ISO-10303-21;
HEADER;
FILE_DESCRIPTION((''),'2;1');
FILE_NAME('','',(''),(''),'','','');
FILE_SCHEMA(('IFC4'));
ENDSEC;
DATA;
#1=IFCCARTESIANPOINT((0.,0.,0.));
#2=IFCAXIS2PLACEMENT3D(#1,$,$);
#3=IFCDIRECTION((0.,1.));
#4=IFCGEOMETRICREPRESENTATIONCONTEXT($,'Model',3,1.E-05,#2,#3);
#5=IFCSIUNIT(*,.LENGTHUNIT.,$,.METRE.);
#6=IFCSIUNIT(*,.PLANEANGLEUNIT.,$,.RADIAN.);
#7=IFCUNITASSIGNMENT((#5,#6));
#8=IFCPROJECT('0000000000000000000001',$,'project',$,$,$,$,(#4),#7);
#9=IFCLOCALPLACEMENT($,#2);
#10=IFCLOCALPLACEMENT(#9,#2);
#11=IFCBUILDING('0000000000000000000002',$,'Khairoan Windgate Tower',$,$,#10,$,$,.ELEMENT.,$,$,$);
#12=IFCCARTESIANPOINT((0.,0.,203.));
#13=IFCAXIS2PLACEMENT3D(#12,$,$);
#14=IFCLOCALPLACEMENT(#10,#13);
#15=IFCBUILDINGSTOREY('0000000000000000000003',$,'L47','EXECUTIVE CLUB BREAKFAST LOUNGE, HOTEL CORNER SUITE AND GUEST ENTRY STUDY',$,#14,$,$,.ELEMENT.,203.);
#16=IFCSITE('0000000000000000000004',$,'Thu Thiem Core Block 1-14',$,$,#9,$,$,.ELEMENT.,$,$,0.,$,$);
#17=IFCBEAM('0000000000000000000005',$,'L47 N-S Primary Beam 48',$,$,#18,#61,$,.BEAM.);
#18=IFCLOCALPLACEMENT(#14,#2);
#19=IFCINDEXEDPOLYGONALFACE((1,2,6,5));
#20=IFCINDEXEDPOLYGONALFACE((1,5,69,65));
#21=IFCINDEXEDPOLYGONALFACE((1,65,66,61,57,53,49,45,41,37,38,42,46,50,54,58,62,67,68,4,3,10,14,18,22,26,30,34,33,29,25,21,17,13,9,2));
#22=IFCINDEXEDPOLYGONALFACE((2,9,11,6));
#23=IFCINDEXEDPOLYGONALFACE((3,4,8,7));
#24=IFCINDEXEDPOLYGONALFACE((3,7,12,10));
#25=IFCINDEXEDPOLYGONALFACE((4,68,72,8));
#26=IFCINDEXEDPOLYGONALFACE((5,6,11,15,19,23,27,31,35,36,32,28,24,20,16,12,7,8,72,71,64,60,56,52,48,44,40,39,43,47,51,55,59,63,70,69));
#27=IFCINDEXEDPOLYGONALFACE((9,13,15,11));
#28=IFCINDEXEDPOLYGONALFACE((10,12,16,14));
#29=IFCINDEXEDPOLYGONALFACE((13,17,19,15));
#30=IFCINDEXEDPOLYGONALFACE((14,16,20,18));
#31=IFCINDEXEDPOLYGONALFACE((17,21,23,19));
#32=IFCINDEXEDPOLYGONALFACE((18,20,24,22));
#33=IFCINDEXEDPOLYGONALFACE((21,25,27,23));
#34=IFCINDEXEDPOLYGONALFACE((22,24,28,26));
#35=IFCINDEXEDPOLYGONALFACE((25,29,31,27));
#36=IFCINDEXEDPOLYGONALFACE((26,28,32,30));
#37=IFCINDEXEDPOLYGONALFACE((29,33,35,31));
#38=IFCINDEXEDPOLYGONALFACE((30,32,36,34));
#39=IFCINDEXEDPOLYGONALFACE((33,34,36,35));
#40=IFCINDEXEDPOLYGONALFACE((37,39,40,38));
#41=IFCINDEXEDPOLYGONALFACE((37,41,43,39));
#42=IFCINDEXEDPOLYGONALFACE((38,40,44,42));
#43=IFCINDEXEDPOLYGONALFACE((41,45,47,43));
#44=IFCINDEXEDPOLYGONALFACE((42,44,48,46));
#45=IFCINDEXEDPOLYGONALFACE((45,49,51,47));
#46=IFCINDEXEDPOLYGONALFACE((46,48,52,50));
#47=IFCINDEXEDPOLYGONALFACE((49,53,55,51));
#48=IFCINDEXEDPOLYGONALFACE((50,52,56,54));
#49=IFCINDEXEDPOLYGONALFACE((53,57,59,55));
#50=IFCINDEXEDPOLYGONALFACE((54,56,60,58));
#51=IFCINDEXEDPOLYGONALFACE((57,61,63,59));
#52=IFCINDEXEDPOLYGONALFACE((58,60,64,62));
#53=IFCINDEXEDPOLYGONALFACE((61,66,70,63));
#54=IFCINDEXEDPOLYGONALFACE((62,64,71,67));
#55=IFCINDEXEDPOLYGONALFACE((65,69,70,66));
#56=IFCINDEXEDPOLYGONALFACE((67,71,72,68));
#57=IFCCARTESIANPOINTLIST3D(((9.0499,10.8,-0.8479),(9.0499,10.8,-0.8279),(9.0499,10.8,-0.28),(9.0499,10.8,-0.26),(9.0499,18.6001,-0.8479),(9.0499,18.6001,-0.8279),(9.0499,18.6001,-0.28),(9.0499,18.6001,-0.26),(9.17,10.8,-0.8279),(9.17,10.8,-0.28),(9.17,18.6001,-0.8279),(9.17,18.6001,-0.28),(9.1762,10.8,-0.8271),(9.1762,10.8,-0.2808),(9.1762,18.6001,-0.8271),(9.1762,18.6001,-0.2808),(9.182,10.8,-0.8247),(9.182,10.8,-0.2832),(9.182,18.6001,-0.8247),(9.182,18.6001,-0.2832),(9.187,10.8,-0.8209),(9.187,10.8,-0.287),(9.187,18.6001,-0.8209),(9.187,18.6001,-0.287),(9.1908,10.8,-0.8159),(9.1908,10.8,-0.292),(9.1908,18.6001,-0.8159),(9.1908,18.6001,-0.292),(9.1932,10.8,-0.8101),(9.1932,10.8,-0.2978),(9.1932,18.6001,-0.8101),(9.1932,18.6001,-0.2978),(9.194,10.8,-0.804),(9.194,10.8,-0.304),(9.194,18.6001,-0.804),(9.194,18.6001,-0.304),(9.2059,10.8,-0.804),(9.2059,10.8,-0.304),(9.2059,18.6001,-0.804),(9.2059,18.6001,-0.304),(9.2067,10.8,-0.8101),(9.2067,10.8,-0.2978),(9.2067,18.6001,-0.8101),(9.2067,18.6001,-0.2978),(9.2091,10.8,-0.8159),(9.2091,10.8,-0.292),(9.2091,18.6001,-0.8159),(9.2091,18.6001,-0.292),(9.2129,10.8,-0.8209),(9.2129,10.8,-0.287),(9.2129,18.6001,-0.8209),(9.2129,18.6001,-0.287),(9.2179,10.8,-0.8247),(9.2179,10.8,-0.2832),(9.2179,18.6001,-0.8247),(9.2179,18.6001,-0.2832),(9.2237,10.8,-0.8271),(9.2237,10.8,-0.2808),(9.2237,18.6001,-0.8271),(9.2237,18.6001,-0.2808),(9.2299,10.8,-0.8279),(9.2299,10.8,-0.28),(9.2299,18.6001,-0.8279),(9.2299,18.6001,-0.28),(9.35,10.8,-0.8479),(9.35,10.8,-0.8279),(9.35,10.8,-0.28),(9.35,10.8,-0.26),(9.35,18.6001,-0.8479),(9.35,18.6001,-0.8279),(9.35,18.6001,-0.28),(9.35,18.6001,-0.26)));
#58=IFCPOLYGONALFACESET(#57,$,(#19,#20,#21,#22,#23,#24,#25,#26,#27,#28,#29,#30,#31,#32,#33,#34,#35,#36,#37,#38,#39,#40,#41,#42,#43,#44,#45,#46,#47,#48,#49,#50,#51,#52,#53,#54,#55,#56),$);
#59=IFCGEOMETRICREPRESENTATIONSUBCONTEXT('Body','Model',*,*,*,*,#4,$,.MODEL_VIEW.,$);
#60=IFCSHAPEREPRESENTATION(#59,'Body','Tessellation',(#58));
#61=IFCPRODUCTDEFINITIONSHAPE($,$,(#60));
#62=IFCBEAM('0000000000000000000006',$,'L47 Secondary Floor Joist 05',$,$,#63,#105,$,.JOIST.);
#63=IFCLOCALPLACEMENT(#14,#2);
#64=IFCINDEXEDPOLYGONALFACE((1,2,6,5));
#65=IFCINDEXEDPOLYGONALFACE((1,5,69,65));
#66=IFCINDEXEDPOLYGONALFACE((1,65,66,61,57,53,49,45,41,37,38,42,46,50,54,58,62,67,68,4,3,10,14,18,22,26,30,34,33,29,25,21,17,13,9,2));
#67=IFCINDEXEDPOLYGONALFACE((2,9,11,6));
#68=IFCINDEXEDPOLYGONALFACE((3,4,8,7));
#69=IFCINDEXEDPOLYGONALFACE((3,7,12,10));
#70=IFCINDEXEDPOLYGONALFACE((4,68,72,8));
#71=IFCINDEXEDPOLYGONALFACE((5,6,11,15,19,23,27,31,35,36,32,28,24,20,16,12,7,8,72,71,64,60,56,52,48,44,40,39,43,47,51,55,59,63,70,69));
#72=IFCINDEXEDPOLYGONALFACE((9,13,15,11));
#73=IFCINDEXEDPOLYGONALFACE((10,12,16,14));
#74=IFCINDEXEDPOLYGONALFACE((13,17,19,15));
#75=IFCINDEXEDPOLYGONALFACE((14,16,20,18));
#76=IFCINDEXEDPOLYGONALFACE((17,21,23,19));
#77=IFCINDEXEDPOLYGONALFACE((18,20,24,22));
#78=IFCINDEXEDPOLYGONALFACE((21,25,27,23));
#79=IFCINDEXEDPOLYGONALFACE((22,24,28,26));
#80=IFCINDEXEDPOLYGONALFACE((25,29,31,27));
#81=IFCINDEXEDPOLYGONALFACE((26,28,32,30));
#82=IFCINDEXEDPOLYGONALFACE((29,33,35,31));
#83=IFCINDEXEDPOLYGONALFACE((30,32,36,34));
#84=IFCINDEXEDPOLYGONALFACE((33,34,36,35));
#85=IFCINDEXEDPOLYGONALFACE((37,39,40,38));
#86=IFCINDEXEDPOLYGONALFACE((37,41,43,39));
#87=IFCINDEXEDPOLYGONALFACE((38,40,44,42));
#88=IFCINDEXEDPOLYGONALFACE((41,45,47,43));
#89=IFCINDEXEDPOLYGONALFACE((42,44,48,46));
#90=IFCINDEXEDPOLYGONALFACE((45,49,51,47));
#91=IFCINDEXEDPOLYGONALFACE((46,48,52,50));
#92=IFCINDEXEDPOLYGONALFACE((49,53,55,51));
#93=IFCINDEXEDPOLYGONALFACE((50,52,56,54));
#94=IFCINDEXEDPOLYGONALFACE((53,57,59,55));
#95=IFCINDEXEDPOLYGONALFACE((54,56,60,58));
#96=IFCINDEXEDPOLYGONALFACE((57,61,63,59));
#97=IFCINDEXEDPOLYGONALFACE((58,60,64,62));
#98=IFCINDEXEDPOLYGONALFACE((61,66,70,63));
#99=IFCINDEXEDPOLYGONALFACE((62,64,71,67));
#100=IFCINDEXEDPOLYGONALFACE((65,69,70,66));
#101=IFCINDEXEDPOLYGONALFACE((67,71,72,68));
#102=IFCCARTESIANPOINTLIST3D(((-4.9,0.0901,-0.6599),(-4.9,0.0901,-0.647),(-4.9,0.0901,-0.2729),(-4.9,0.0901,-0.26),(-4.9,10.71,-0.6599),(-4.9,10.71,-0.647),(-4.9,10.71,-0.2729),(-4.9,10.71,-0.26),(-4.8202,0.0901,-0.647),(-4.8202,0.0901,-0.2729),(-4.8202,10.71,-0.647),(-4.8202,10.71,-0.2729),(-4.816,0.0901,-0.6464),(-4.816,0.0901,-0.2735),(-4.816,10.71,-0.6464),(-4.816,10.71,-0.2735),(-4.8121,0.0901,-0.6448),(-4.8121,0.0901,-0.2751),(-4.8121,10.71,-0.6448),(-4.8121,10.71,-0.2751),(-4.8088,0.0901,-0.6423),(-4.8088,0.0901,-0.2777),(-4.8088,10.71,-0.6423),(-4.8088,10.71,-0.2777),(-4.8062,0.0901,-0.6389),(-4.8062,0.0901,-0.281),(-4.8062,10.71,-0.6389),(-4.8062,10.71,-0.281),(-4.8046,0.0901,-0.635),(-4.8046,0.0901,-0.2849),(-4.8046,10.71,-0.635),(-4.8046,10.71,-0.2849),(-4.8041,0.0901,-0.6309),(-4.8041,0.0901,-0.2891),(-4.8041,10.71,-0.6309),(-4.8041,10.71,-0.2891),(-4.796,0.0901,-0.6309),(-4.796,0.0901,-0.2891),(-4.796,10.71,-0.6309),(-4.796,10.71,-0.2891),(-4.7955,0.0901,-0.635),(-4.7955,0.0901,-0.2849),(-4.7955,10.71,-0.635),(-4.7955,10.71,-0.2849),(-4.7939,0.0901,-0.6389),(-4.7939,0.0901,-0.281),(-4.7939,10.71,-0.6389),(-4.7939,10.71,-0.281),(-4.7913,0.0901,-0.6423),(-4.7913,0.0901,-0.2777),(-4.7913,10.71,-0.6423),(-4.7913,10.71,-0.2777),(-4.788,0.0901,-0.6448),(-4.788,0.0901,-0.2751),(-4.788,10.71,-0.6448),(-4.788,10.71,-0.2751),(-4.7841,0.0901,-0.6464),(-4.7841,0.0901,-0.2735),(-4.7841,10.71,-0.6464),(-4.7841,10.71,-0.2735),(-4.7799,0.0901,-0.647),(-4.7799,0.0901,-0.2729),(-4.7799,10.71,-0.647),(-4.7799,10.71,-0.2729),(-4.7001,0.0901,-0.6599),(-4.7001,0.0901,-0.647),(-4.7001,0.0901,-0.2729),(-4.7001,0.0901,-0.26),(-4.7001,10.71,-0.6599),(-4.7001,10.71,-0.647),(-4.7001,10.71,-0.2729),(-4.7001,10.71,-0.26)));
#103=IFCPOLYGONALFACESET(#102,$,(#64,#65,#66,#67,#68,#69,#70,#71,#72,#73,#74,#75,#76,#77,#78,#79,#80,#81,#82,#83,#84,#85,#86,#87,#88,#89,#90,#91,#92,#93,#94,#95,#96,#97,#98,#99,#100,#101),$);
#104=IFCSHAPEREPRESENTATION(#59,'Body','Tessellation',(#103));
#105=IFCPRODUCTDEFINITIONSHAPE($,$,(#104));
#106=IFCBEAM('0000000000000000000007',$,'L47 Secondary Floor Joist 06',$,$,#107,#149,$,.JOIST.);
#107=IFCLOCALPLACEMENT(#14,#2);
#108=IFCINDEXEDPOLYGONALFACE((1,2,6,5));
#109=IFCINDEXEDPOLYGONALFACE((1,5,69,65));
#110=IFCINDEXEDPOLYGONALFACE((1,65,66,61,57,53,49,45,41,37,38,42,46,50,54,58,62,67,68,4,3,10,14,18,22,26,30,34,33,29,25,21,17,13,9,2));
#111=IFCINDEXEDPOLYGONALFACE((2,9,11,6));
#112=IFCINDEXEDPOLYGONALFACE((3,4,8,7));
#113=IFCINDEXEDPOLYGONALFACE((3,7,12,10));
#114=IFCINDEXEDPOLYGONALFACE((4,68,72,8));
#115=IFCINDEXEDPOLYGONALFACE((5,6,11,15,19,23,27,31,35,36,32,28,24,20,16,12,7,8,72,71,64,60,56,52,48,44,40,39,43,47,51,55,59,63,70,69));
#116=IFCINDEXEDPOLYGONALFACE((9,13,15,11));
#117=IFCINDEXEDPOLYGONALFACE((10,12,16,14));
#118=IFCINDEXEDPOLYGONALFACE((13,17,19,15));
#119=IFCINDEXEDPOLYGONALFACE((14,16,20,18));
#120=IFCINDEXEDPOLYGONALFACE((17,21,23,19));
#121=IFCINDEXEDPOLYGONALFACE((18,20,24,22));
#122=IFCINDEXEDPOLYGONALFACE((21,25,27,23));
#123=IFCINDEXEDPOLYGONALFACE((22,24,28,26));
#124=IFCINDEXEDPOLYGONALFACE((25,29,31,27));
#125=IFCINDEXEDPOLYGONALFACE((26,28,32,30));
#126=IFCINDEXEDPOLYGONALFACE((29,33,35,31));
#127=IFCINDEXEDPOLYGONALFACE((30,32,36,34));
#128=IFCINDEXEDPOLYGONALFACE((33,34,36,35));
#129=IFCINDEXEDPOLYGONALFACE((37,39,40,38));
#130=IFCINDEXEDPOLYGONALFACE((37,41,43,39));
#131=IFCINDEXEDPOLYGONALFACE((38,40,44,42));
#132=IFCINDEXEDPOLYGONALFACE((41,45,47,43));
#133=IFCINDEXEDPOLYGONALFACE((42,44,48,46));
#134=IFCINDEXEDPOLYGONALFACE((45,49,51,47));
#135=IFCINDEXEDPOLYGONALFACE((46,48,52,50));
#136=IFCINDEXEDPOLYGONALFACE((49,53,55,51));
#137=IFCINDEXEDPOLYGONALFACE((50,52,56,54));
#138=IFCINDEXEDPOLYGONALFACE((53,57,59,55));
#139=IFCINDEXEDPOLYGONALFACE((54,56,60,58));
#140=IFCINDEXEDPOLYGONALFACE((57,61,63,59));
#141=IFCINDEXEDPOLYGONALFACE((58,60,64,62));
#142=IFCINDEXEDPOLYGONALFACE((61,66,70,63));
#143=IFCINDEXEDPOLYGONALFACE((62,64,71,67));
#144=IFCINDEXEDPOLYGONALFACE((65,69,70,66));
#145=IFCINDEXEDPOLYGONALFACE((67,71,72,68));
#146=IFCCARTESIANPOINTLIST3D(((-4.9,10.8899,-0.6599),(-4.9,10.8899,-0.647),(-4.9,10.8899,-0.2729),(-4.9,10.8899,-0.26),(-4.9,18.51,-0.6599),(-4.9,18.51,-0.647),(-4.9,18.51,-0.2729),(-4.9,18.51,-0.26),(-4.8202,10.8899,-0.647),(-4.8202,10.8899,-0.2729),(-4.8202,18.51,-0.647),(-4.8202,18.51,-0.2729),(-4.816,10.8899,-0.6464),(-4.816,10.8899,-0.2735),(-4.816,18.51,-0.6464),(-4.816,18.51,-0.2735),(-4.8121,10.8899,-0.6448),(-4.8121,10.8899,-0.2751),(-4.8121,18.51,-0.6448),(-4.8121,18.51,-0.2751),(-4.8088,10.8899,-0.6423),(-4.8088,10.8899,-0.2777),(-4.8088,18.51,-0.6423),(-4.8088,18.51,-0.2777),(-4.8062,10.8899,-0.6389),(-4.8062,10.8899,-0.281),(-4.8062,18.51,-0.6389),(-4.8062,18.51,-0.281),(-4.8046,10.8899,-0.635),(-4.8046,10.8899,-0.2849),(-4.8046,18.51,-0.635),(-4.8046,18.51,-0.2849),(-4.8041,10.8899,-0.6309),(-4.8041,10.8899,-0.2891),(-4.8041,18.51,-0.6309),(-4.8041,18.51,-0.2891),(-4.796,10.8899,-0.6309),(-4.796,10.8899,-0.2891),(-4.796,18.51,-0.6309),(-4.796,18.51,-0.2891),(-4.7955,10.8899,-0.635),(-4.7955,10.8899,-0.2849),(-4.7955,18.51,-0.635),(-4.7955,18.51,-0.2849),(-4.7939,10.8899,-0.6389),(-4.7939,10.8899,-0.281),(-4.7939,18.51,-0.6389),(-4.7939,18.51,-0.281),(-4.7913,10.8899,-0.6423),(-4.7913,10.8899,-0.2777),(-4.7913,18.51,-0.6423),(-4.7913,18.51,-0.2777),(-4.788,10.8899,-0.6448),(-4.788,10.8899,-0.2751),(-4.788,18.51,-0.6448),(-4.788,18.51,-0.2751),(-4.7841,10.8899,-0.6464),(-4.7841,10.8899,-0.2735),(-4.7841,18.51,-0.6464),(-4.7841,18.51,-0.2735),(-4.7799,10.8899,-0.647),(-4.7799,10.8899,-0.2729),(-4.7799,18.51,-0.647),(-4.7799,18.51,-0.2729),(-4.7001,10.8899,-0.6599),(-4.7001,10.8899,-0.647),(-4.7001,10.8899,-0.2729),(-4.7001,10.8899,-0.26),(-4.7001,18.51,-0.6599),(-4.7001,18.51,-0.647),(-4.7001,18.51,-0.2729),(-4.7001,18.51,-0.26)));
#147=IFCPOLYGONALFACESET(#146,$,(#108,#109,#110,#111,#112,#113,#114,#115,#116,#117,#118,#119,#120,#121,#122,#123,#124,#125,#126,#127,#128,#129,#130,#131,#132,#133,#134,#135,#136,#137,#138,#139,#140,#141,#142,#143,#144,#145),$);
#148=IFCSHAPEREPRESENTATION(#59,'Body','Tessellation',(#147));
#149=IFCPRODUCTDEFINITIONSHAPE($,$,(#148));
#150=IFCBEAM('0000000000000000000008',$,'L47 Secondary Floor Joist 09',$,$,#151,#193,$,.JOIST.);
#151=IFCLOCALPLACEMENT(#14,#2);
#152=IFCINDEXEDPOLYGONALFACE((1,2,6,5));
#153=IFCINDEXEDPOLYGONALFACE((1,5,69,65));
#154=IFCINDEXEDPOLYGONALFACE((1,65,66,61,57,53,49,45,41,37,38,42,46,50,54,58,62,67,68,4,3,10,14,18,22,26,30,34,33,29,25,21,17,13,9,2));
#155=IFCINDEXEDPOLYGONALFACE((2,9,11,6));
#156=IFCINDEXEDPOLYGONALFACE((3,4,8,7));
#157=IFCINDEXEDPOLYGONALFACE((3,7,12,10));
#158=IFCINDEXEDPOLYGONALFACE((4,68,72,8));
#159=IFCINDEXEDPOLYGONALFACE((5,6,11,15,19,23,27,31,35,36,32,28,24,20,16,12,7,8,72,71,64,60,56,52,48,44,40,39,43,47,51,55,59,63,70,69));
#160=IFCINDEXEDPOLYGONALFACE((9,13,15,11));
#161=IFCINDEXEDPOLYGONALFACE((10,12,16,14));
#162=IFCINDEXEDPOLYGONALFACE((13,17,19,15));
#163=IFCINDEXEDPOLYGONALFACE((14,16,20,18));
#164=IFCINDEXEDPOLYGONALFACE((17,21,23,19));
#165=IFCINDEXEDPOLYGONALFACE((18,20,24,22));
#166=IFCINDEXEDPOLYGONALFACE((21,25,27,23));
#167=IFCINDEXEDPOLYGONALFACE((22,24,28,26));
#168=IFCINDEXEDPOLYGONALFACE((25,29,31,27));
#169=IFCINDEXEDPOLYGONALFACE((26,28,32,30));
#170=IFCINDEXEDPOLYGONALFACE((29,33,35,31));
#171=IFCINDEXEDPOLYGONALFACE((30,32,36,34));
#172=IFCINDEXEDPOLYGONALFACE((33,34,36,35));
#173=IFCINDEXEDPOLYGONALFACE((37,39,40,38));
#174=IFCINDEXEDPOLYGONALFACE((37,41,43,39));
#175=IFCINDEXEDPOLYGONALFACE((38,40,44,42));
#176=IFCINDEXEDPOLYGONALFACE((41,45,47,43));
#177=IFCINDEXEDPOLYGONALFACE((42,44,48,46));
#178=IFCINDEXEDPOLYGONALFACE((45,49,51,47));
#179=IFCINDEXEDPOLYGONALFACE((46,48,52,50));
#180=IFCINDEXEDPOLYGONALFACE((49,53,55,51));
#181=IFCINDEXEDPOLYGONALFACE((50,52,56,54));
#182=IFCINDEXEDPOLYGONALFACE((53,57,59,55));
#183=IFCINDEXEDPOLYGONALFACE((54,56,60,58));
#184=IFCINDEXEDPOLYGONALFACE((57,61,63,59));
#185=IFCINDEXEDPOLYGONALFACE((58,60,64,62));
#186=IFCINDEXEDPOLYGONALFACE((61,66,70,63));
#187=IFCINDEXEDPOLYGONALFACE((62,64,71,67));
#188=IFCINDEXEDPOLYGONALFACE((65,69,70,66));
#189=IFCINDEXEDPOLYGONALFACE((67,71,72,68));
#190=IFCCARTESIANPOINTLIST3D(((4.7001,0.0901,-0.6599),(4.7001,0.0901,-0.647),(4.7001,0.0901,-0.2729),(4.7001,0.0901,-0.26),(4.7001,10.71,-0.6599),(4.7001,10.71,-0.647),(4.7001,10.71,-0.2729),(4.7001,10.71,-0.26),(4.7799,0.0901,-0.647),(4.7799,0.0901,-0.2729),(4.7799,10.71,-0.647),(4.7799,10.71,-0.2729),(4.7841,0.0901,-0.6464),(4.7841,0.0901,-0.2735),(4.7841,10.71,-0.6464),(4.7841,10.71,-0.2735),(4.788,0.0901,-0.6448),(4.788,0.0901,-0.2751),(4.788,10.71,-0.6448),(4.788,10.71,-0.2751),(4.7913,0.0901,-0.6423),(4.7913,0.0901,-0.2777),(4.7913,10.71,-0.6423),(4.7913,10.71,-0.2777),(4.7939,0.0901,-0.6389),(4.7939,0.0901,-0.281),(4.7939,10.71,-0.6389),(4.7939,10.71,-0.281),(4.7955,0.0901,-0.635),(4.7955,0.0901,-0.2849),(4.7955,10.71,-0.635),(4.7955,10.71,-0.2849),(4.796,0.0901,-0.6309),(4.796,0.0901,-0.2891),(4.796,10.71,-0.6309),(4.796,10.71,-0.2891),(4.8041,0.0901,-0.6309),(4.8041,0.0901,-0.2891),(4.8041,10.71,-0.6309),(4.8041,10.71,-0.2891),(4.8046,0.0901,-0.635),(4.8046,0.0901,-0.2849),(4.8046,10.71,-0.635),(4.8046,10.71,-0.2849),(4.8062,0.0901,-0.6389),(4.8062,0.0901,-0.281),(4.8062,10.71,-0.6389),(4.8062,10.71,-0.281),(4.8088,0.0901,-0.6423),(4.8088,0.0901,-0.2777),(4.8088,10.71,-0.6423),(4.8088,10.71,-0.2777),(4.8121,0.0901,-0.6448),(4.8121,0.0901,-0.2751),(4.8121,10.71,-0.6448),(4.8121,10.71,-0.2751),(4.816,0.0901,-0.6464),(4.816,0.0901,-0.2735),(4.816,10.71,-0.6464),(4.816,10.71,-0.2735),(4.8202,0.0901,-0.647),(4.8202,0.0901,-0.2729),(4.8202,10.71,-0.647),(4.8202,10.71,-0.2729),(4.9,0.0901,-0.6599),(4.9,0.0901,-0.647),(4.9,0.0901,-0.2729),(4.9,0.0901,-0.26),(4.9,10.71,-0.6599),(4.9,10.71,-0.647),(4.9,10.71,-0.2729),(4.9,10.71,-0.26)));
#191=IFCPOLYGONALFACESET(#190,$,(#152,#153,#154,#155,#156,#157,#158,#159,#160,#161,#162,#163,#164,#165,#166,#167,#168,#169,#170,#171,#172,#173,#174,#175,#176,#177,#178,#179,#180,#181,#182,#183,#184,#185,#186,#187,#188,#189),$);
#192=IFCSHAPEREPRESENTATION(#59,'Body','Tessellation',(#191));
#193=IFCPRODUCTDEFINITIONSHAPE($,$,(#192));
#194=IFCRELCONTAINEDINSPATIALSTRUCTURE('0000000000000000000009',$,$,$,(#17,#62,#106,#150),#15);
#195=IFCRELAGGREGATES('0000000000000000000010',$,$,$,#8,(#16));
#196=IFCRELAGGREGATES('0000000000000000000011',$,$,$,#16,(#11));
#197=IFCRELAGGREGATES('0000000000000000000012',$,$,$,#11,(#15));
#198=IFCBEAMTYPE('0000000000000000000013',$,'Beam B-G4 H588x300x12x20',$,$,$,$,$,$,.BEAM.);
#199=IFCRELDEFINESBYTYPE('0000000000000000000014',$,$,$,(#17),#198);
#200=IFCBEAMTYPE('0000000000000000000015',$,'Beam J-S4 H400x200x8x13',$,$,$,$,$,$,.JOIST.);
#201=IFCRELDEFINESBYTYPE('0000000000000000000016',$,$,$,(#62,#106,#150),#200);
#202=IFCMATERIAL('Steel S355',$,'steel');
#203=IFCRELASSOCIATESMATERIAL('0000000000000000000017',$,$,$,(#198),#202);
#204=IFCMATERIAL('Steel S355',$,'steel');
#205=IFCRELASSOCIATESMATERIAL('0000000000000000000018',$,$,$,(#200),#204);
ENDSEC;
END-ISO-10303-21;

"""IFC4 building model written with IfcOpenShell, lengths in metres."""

from ifc_helpers import new_model, si_unit, direction, frame, origin, origin_2d, place, context, subcontext, project, spatial, i_section, extrude, material, material_profile, profile_set, type_object, element, save


model = new_model("IFC4")

# Units and contexts
model_context = context("Model", 3, precision=1e-05, world=origin(), true_north=direction((0.0, 1.0)))
body_context = subcontext(model_context, "Body", "Model", "MODEL_VIEW")
ifc_project = project(units=[si_unit("LENGTHUNIT", "METRE"), si_unit("PLANEANGLEUNIT", "RADIAN")], contexts=[model_context])

# Site, building, storey
site_placement = place(None, origin())
site = spatial("IfcSite", under=ifc_project, at=site_placement, Name="Thu Thiem Core Block 1-14", CompositionType="ELEMENT", RefElevation=0.0)
building_placement = place(site_placement, origin())
building = spatial("IfcBuilding", under=site, at=building_placement, Name="Khairoan Windgate Tower", CompositionType="ELEMENT")
storey_placement = place(building_placement, frame((0.0, 0.0, 203.0)))
storey = spatial("IfcBuildingStorey", under=building, at=storey_placement, Name="L47", Description="EXECUTIVE CLUB BREAKFAST LOUNGE, HOTEL CORNER SUITE AND GUEST ENTRY STUDY", CompositionType="ELEMENT", Elevation=203.0)

# Beams
ifc_material_1 = material(Name="Steel S355", Category="steel")
ifc_material_profile_1 = material_profile(ifc_material_1, i_section(OverallWidth=0.3, OverallDepth=0.5879, WebThickness=0.012, FlangeThickness=0.02, FilletRadius=0.0239, at=origin_2d()))
ifc_profile_set_1 = profile_set([ifc_material_profile_1], Name="Steel S355")
beam_type_1 = type_object("IfcBeamType", Name="Beam B-G4 H588x300x12x20", PredefinedType="BEAM", material=ifc_profile_set_1)
beam_1_placement = place(storey_placement, frame((9.2, 10.8, -0.554), z_axis=(0.0, 1.0, 0.0), x_axis=(-1.0, 0.0, 0.0)))
element("IfcBeam", 1, at=beam_1_placement, inside=storey, type_object=beam_type_1, Name="L47 N-S Primary Beam 48", PredefinedType="BEAM", context=body_context, shape_type="SweptSolid", body=[
    extrude(i_section(OverallWidth=0.3, OverallDepth=0.5879, WebThickness=0.012, FlangeThickness=0.02, FilletRadius=0.0239, at=origin_2d()), origin(), (0.0, 0.0, 1.0), 7.8),
])
ifc_material_2 = material(Name="Steel S355", Category="steel")
ifc_material_profile_2 = material_profile(ifc_material_2, i_section(OverallWidth=0.2, OverallDepth=0.3999, WebThickness=0.0081, FlangeThickness=0.0129, FilletRadius=0.0161, at=origin_2d()))
ifc_profile_set_2 = profile_set([ifc_material_profile_2], Name="Steel S355")
beam_type_2 = type_object("IfcBeamType", Name="Beam J-S4 H400x200x8x13", PredefinedType="JOIST", material=ifc_profile_set_2)
beam_2_placement = place(storey_placement, frame((-4.8, 0.0901, -0.46), z_axis=(0.0, 1.0, 0.0), x_axis=(-1.0, 0.0, 0.0)))
element("IfcBeam", 2, at=beam_2_placement, inside=storey, type_object=beam_type_2, Name="L47 Secondary Floor Joist 05", PredefinedType="JOIST", context=body_context, shape_type="SweptSolid", body=[
    extrude(i_section(OverallWidth=0.2, OverallDepth=0.3999, WebThickness=0.0081, FlangeThickness=0.0129, FilletRadius=0.0161, at=origin_2d()), origin(), (0.0, 0.0, 1.0), 10.6199),
])
beam_3_placement = place(storey_placement, frame((-4.8, 10.8899, -0.46), z_axis=(0.0, 1.0, 0.0), x_axis=(-1.0, 0.0, 0.0)))
element("IfcBeam", 3, at=beam_3_placement, inside=storey, type_object=beam_type_2, Name="L47 Secondary Floor Joist 06", PredefinedType="JOIST", context=body_context, shape_type="SweptSolid", body=[
    extrude(i_section(OverallWidth=0.2, OverallDepth=0.3999, WebThickness=0.0081, FlangeThickness=0.0129, FilletRadius=0.0161, at=origin_2d()), origin(), (0.0, 0.0, 1.0), 7.6201),
])
beam_4_placement = place(storey_placement, frame((4.8, 0.0901, -0.46), z_axis=(0.0, 1.0, 0.0), x_axis=(-1.0, 0.0, 0.0)))
element("IfcBeam", 4, at=beam_4_placement, inside=storey, type_object=beam_type_2, Name="L47 Secondary Floor Joist 09", PredefinedType="JOIST", context=body_context, shape_type="SweptSolid", body=[
    extrude(i_section(OverallWidth=0.2, OverallDepth=0.3999, WebThickness=0.0081, FlangeThickness=0.0129, FilletRadius=0.0161, at=origin_2d()), origin(), (0.0, 0.0, 1.0), 10.6199),
])

save(model, "model.ifc")
